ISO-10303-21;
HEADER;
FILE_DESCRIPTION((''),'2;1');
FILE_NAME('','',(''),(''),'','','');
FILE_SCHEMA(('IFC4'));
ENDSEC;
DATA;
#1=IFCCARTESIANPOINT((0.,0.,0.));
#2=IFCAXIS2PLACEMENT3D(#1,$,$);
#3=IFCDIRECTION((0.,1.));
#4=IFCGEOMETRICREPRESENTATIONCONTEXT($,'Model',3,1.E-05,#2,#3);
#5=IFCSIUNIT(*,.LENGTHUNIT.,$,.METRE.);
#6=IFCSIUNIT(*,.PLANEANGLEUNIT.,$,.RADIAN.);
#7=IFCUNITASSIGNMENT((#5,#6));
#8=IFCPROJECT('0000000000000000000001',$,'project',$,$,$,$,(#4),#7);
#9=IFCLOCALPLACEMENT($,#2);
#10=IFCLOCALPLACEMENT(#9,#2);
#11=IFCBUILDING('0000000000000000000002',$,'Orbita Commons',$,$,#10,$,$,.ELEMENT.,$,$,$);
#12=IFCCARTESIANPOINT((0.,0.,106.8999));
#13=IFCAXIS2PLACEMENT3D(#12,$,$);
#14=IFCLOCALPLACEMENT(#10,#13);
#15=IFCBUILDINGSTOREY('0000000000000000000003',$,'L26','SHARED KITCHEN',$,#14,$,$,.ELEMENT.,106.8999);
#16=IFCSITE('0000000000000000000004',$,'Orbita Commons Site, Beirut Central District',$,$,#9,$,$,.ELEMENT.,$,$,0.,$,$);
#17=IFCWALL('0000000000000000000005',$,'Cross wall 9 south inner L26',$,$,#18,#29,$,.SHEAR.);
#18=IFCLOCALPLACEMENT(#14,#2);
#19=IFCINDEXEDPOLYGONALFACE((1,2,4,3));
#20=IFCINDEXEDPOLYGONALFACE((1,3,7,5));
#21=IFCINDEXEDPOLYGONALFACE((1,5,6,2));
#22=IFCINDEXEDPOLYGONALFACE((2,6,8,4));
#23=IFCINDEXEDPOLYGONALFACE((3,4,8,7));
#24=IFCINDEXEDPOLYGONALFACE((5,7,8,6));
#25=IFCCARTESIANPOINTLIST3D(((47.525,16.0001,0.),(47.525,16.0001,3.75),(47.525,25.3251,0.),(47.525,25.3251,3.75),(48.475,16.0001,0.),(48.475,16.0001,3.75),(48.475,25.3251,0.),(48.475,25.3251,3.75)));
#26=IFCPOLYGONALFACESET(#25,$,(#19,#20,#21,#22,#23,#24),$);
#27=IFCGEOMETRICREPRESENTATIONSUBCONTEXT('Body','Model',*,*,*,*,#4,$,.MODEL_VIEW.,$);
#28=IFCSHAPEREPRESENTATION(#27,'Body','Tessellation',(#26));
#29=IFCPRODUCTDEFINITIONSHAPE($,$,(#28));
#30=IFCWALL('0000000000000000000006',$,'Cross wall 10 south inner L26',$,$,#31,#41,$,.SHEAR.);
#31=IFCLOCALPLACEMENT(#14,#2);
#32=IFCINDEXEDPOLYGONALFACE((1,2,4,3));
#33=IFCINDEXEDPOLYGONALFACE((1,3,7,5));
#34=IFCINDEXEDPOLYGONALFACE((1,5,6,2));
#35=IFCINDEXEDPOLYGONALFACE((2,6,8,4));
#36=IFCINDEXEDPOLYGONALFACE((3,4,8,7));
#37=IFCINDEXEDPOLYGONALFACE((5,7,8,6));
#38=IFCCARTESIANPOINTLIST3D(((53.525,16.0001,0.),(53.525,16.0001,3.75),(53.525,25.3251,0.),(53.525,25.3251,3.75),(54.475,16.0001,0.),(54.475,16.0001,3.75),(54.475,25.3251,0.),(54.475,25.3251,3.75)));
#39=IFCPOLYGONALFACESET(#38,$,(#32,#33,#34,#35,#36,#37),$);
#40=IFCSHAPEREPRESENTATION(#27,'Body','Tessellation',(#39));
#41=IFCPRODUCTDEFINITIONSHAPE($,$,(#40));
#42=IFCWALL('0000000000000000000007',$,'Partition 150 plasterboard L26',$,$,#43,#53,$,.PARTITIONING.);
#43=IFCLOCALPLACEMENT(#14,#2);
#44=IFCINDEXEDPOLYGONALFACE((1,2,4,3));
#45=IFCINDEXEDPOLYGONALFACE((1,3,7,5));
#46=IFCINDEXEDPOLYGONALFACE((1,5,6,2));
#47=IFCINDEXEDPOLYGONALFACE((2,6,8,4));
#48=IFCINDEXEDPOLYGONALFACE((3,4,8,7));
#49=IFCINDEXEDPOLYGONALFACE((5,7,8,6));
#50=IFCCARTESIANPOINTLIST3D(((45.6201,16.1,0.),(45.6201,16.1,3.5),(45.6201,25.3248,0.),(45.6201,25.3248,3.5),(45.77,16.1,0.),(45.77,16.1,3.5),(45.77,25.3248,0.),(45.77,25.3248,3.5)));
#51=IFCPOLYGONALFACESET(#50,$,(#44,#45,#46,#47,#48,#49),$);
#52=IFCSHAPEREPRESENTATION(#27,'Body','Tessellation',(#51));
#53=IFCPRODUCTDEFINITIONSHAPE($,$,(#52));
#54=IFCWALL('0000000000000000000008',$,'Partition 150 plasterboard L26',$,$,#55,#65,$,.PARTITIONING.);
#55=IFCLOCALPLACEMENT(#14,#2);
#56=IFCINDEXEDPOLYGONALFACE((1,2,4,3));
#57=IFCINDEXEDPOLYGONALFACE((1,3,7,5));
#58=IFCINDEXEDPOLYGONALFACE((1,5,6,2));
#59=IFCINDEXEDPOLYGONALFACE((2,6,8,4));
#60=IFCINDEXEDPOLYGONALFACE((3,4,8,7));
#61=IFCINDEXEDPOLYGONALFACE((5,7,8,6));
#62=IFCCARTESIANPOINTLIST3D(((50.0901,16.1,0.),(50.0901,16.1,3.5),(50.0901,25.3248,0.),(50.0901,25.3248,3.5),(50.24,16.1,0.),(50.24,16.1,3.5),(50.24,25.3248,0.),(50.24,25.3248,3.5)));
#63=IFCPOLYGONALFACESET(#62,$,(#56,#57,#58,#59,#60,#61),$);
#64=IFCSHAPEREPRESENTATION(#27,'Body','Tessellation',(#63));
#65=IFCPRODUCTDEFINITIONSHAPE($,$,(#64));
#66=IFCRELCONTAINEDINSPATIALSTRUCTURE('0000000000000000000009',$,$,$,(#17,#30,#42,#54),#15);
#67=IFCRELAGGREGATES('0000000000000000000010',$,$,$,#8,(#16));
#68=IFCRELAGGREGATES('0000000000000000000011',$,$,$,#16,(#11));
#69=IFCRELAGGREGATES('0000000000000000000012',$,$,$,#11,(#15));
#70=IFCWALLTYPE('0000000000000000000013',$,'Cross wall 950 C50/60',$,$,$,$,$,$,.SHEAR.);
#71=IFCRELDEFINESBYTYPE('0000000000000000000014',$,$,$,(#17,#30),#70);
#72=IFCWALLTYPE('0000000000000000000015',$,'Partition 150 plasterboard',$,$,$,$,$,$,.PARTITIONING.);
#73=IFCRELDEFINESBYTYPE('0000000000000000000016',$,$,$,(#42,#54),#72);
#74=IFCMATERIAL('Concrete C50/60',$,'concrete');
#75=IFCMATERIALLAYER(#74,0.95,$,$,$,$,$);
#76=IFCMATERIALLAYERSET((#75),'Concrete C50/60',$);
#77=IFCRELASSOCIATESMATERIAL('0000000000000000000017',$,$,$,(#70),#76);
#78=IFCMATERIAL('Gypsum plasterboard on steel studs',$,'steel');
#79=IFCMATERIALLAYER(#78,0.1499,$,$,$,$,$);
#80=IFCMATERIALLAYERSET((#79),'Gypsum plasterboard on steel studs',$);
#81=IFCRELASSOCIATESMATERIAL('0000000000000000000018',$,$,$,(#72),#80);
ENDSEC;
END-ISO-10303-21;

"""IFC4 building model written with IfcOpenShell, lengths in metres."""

from ifc_helpers import new_model, si_unit, direction, frame, frame_2d, origin, place, context, subcontext, project, spatial, rectangle, extrude, material, layer, layer_set, type_object, element, save


model = new_model("IFC4")

# Units and contexts
model_context = context("Model", 3, precision=1e-05, world=origin(), true_north=direction((0.0, 1.0)))
body_context = subcontext(model_context, "Body", "Model", "MODEL_VIEW")
ifc_project = project(units=[si_unit("LENGTHUNIT", "METRE"), si_unit("PLANEANGLEUNIT", "RADIAN")], contexts=[model_context])

# Site, building, storey
site_placement = place(None, origin())
site = spatial("IfcSite", under=ifc_project, at=site_placement, Name="Orbita Commons Site, Beirut Central District", CompositionType="ELEMENT", RefElevation=0.0)
building_placement = place(site_placement, origin())
building = spatial("IfcBuilding", under=site, at=building_placement, Name="Orbita Commons", CompositionType="ELEMENT")
storey_placement = place(building_placement, frame((0.0, 0.0, 106.8999)))
storey = spatial("IfcBuildingStorey", under=building, at=storey_placement, Name="L26", Description="SHARED KITCHEN", CompositionType="ELEMENT", Elevation=106.8999)

# Walls
ifc_material_1 = material(Name="Concrete C50/60", Category="concrete")
ifc_layer_1 = layer(ifc_material_1, 0.95)
ifc_layer_set_1 = layer_set([ifc_layer_1], Name="Concrete C50/60")
wall_type_1 = type_object("IfcWallType", Name="Cross wall 950 C50/60", PredefinedType="SHEAR", material=ifc_layer_set_1)
for number, where, z_axis, x_axis, name in (
    (1, (48.0, 16.0, 0.0), (0.0, 0.0, 1.0), (0.0, 1.0, 0.0), "Cross wall 9 south inner L26"),
    (2, (54.0, 16.0, 0.0), (0.0, 0.0, 1.0), (0.0, 1.0, 0.0), "Cross wall 10 south inner L26"),
):
    element("IfcWall", number, at=place(storey_placement, frame(where, z_axis=z_axis, x_axis=x_axis)), inside=storey, type_object=wall_type_1, Name=name, PredefinedType="SHEAR", context=body_context, shape_type="SweptSolid", body=[
        extrude(rectangle(XDim=9.325, YDim=0.95, at=frame_2d((4.6626, 0.0))), origin(), (0.0, 0.0, 1.0), 3.75),
    ])
ifc_material_2 = material(Name="Gypsum plasterboard on steel studs", Category="steel")
ifc_layer_2 = layer(ifc_material_2, 0.1499)
ifc_layer_set_2 = layer_set([ifc_layer_2], Name="Gypsum plasterboard on steel studs")
wall_type_2 = type_object("IfcWallType", Name="Partition 150 plasterboard", PredefinedType="PARTITIONING", material=ifc_layer_set_2)
for number, where, z_axis, x_axis, name in (
    (3, (45.6951, 16.1001, 0.0), (0.0, 0.0, 1.0), (0.0, 1.0, 0.0), "Partition 150 plasterboard L26"),
    (4, (50.165, 16.1001, 0.0), (0.0, 0.0, 1.0), (0.0, 1.0, 0.0), "Partition 150 plasterboard L26"),
):
    element("IfcWall", number, at=place(storey_placement, frame(where, z_axis=z_axis, x_axis=x_axis)), inside=storey, type_object=wall_type_2, Name=name, PredefinedType="PARTITIONING", context=body_context, shape_type="SweptSolid", body=[
        extrude(rectangle(XDim=9.2249, YDim=0.1499, at=frame_2d((4.6123, 0.0))), origin(), (0.0, 0.0, 1.0), 3.5),
    ])

save(model, "model.ifc")
